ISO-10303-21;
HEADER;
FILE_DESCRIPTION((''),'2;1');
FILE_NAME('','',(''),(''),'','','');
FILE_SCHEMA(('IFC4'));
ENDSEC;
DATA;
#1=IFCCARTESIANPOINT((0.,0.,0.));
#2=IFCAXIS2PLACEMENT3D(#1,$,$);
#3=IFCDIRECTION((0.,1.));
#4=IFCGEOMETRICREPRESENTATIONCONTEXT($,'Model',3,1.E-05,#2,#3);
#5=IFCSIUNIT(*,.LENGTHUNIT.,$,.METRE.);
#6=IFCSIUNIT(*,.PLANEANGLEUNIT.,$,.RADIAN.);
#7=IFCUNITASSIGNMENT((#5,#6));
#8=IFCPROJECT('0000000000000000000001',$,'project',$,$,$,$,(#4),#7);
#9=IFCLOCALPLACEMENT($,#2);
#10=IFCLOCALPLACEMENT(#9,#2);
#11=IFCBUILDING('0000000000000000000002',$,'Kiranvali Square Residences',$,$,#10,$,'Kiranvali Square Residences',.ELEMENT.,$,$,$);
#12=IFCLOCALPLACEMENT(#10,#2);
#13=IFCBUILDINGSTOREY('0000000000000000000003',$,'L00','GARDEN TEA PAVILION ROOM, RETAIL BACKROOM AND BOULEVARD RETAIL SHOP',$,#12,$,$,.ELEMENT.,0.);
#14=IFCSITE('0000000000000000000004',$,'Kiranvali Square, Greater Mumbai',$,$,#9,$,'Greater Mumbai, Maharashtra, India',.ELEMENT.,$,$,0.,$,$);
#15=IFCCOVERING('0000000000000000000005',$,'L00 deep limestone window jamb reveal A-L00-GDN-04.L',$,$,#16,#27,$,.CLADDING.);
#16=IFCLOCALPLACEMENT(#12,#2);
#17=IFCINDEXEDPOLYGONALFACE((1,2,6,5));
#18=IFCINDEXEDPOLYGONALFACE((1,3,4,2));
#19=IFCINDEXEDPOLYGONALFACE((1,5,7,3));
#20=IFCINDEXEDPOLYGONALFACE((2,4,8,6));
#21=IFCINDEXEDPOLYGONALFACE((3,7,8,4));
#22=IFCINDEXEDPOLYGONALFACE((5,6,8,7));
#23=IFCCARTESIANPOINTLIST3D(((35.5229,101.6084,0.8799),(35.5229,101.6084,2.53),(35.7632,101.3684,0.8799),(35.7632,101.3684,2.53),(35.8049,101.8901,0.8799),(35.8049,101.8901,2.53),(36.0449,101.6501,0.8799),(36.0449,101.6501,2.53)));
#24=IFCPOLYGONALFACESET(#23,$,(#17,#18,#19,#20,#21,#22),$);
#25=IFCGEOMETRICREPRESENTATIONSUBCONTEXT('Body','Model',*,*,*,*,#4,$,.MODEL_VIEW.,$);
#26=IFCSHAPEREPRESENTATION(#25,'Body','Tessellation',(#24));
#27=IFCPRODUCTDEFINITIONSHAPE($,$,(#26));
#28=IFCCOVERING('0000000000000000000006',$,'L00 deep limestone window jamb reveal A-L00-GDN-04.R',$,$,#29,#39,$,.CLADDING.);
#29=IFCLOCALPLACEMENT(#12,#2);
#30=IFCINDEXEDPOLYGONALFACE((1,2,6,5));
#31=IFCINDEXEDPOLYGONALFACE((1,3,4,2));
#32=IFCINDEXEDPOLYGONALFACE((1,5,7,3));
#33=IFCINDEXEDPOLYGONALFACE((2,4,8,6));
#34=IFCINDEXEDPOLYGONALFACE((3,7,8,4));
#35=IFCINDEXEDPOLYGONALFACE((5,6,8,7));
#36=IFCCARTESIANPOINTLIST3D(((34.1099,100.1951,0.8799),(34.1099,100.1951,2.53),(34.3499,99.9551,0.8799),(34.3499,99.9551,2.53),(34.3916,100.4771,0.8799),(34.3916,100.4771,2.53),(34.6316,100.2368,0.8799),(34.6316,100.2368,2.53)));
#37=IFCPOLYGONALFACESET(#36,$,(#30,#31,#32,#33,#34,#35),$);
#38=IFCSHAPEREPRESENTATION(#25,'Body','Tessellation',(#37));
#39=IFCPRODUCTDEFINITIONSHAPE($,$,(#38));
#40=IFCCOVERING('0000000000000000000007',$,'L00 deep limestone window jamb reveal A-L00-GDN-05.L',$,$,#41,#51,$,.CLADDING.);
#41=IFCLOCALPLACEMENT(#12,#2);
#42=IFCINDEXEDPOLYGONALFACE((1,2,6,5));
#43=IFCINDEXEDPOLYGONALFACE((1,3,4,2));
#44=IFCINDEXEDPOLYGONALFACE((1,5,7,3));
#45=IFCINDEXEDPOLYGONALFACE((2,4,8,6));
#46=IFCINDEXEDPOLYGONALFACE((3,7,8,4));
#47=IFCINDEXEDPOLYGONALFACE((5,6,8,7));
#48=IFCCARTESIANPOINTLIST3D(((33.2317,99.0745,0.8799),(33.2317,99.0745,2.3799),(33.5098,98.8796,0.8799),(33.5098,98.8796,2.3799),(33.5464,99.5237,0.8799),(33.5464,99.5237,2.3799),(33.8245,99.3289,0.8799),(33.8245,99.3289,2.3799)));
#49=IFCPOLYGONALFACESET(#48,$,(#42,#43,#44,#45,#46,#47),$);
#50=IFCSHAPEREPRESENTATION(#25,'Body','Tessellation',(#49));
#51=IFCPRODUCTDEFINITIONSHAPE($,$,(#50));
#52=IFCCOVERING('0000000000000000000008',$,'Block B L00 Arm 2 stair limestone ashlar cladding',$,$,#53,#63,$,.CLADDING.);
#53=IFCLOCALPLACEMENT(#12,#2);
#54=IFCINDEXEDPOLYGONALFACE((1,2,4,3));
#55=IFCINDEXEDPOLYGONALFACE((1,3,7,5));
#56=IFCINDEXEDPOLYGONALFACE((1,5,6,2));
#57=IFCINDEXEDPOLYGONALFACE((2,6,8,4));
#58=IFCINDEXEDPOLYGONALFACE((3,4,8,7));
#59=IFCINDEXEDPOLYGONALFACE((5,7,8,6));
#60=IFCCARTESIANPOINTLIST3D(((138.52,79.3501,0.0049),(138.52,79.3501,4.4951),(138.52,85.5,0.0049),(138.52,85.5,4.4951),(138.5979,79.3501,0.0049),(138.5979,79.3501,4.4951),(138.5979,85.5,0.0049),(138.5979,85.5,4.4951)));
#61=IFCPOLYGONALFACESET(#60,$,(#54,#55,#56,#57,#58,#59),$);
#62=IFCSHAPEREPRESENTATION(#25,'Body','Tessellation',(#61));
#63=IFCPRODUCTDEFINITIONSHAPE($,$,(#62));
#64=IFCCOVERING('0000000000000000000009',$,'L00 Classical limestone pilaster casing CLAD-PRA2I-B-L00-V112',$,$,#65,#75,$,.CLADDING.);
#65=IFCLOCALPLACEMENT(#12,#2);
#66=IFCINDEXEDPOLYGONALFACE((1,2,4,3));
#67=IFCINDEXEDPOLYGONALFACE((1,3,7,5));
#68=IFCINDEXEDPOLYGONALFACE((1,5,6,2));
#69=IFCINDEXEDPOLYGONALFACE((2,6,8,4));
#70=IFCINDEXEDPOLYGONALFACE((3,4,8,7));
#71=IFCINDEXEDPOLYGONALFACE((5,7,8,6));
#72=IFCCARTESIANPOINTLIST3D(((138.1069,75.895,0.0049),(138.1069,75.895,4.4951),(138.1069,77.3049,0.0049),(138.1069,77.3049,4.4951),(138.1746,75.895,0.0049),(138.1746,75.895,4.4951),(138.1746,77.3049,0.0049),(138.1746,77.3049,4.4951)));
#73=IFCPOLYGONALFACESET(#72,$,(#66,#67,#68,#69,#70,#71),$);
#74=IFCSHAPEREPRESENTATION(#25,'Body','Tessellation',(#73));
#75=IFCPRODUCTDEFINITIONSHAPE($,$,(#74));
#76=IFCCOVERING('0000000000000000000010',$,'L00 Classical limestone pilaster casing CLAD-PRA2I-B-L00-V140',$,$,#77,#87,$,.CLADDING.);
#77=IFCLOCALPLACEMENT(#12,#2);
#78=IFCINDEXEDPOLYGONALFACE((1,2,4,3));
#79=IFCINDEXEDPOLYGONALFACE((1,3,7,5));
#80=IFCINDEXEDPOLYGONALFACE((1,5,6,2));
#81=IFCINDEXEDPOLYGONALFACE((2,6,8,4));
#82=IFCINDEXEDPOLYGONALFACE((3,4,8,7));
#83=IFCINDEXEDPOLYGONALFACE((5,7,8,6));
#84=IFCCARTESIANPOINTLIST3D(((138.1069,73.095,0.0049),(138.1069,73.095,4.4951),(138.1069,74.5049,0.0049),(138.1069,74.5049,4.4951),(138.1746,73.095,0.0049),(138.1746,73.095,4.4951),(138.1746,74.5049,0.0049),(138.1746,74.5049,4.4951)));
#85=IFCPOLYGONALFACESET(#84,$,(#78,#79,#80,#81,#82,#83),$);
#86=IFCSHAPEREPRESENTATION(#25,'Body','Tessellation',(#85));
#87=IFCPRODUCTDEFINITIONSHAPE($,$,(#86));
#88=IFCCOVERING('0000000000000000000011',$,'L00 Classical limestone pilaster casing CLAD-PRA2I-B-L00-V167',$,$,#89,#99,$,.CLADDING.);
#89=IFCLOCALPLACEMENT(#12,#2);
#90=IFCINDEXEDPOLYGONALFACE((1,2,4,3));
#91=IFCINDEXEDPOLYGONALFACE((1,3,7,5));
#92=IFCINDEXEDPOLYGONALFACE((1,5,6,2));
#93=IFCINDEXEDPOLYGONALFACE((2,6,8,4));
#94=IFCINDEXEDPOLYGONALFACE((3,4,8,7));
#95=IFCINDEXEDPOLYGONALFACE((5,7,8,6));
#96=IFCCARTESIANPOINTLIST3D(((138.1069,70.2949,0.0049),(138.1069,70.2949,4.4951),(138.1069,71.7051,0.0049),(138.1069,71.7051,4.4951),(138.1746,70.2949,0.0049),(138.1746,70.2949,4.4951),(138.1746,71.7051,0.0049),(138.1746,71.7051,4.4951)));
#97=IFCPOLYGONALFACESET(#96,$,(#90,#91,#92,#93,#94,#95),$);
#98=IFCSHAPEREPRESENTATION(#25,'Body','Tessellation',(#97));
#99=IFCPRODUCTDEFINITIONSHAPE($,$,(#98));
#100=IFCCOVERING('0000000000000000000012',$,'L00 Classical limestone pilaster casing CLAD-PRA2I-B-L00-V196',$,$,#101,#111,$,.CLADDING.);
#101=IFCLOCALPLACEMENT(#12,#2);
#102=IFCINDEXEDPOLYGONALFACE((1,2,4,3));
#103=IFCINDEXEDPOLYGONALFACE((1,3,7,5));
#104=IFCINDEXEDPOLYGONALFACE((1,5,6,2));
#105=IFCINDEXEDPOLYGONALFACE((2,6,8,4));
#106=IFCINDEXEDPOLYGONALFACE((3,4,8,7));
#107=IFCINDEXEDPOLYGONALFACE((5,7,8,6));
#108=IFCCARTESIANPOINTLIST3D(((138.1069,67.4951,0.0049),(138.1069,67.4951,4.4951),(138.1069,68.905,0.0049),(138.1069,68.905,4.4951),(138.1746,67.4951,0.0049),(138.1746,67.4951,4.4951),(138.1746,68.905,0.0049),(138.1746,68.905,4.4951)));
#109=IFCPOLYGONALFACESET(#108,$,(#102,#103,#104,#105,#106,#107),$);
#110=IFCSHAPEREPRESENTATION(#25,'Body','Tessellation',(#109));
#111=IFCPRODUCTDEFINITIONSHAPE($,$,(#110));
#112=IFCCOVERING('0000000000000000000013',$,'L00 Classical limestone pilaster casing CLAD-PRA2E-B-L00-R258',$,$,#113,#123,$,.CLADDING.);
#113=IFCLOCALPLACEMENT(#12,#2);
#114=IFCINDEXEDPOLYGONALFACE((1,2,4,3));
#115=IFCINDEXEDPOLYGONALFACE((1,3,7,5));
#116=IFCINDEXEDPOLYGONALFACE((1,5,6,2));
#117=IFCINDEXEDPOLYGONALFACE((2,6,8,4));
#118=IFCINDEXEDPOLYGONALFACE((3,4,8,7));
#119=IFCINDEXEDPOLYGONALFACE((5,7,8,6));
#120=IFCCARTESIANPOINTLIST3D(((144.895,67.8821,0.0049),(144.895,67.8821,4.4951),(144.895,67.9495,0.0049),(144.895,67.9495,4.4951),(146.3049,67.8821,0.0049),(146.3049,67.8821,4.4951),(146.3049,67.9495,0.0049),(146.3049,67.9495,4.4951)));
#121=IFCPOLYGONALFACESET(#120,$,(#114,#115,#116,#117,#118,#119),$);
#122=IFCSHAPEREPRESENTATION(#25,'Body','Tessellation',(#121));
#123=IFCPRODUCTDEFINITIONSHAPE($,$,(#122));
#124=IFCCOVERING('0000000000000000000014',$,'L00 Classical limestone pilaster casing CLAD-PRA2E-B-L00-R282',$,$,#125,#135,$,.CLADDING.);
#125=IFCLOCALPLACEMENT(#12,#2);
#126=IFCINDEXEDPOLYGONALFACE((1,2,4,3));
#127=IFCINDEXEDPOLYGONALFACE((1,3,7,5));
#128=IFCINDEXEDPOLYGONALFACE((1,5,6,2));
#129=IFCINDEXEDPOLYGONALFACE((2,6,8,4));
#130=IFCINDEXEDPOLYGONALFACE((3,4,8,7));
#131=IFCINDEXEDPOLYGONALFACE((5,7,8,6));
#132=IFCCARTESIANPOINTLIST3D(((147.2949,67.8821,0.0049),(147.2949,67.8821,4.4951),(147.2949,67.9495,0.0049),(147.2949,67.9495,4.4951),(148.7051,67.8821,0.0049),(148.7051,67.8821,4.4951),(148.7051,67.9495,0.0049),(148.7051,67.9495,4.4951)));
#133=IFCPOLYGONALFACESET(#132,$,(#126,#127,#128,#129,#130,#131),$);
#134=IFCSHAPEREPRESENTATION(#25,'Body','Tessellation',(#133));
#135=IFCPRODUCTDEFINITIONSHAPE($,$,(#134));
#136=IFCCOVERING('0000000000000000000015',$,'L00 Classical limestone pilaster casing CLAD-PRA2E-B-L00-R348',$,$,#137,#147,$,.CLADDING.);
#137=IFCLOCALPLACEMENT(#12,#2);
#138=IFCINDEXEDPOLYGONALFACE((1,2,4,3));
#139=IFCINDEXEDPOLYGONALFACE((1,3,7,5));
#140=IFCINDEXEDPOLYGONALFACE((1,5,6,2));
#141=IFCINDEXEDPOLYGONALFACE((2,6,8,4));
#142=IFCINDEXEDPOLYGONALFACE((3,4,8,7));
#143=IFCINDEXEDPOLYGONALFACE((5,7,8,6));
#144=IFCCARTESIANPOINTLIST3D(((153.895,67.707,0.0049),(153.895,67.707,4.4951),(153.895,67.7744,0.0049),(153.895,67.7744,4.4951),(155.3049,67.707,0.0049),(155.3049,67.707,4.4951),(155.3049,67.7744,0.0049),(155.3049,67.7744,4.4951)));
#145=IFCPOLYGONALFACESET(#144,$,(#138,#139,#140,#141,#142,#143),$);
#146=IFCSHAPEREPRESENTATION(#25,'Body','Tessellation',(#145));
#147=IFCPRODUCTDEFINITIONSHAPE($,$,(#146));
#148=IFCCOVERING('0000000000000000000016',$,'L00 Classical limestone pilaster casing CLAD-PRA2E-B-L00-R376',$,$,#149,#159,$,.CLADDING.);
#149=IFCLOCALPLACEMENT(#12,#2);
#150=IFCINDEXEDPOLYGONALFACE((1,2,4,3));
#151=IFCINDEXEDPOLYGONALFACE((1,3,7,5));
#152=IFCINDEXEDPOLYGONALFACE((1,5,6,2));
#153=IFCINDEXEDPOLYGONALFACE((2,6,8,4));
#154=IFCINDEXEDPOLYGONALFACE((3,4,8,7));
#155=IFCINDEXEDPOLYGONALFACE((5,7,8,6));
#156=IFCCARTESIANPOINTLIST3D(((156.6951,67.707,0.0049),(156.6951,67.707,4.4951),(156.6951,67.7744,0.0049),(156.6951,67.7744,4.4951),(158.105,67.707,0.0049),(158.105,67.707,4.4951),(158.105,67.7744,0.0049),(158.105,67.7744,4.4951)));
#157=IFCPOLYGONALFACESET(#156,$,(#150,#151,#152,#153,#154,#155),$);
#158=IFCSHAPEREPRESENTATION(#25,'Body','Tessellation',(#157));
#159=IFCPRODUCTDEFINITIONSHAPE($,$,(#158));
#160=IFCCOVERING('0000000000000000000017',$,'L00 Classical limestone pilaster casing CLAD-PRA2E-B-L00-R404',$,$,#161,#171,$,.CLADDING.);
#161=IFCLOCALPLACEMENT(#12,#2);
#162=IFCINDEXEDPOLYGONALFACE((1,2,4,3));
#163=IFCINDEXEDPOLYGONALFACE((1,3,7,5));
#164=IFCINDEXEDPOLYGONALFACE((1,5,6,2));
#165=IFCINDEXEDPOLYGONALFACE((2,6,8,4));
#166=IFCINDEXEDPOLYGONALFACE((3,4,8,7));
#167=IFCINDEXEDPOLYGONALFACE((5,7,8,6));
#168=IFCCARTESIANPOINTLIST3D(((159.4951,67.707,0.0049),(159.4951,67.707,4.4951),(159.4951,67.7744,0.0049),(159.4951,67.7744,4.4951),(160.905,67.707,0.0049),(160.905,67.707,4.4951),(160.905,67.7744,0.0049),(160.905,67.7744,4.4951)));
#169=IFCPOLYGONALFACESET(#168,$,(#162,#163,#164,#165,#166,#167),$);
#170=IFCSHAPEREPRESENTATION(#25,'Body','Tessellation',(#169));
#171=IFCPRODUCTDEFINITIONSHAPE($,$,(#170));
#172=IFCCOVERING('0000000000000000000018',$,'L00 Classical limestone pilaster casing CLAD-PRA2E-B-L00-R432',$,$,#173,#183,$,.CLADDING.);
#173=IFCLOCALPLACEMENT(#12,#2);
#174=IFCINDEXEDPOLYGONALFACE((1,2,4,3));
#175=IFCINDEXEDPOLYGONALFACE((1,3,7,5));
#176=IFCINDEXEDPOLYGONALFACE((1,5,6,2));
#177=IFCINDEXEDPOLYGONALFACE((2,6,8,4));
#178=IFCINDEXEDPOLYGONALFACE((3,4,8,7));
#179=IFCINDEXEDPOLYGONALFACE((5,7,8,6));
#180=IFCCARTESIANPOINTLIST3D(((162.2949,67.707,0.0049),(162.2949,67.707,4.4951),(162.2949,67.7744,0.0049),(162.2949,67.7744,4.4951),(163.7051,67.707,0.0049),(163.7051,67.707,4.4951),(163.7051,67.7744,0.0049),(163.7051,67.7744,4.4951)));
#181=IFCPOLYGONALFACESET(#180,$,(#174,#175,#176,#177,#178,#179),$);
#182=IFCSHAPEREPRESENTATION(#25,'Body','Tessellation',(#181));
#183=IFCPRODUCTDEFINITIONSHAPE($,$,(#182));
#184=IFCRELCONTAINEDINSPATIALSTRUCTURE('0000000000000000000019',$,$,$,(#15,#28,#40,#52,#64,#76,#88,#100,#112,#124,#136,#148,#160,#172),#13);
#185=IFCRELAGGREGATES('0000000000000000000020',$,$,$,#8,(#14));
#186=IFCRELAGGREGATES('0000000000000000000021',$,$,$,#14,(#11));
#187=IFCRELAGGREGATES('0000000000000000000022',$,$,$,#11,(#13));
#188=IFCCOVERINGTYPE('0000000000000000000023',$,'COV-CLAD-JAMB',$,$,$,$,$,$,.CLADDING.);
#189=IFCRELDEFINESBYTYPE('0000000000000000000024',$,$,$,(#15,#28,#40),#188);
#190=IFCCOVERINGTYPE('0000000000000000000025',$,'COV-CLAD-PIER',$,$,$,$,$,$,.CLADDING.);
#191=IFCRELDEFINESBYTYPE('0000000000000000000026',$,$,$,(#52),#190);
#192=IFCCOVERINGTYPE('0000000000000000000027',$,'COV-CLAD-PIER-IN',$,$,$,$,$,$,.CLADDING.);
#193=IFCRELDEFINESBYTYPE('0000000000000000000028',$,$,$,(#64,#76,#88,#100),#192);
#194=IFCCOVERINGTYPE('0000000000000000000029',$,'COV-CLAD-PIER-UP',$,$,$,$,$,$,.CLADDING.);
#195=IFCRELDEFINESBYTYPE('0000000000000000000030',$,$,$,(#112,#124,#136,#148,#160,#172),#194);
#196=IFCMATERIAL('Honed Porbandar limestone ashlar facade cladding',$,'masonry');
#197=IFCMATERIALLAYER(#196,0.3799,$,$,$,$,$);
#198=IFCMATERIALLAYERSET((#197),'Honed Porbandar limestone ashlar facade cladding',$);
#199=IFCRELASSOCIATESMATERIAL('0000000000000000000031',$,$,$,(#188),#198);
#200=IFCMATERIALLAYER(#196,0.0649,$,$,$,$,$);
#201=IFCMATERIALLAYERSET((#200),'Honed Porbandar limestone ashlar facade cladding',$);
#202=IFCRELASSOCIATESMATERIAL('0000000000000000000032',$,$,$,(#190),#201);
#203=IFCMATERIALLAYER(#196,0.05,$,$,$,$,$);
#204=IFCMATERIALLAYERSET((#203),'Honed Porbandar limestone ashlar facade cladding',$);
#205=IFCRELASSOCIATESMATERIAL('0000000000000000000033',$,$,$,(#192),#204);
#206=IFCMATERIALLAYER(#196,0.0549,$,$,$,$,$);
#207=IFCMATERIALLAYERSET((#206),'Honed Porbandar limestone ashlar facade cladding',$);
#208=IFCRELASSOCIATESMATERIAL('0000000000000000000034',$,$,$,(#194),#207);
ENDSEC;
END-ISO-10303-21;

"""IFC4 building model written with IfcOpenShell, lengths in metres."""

from ifc_helpers import new_model, si_unit, direction, frame, origin, place, context, subcontext, project, spatial, polyline, outline, extrude, material, layer, layer_set, type_object, element, save


model = new_model("IFC4")

# Units and contexts
model_context = context("Model", 3, precision=1e-05, world=origin(), true_north=direction((0.0, 1.0)))
body_context = subcontext(model_context, "Body", "Model", "MODEL_VIEW")
ifc_project = project(units=[si_unit("LENGTHUNIT", "METRE"), si_unit("PLANEANGLEUNIT", "RADIAN")], contexts=[model_context])

# Site, building, storey
site_placement = place(None, origin())
site = spatial("IfcSite", under=ifc_project, at=site_placement, Name="Kiranvali Square, Greater Mumbai", LongName="Greater Mumbai, Maharashtra, India", CompositionType="ELEMENT", RefElevation=0.0)
building_placement = place(site_placement, origin())
building = spatial("IfcBuilding", under=site, at=building_placement, Name="Kiranvali Square Residences", LongName="Kiranvali Square Residences", CompositionType="ELEMENT")
storey_placement = place(building_placement, origin())
storey = spatial("IfcBuildingStorey", under=building, at=storey_placement, Name="L00", Description="GARDEN TEA PAVILION ROOM, RETAIL BACKROOM AND BOULEVARD RETAIL SHOP", CompositionType="ELEMENT", Elevation=0.0)

# Coverings
ifc_material_1 = material(Name="Honed Porbandar limestone ashlar facade cladding", Category="masonry")
ifc_layer_1 = layer(ifc_material_1, 0.3799)
ifc_layer_set_1 = layer_set([ifc_layer_1], Name="Honed Porbandar limestone ashlar facade cladding")
covering_type_1 = type_object("IfcCoveringType", Name="COV-CLAD-JAMB", PredefinedType="CLADDING", material=ifc_layer_set_1)
covering_1_placement = place(storey_placement, frame((0.0, 0.0, 0.8799)))
element("IfcCovering", 1, at=covering_1_placement, inside=storey, type_object=covering_type_1, Name="L00 deep limestone window jamb reveal A-L00-GDN-04.L", PredefinedType="CLADDING", context=body_context, shape_type="SweptSolid", body=[
    extrude(outline(polyline([(35.8049, 101.8901), (35.5229, 101.6084), (35.7632, 101.3684), (36.0449, 101.6501), (35.8049, 101.8901)])), origin(), (0.0, 0.0, 1.0), 1.6501),
])
covering_2_placement = place(storey_placement, frame((0.0, 0.0, 0.8799)))
element("IfcCovering", 2, at=covering_2_placement, inside=storey, type_object=covering_type_1, Name="L00 deep limestone window jamb reveal A-L00-GDN-04.R", PredefinedType="CLADDING", context=body_context, shape_type="SweptSolid", body=[
    extrude(outline(polyline([(34.3916, 100.4771), (34.1099, 100.1951), (34.3499, 99.9551), (34.6316, 100.2368), (34.3916, 100.4771)])), origin(), (0.0, 0.0, 1.0), 1.6501),
])
covering_3_placement = place(storey_placement, frame((0.0, 0.0, 0.8799)))
element("IfcCovering", 3, at=covering_3_placement, inside=storey, type_object=covering_type_1, Name="L00 deep limestone window jamb reveal A-L00-GDN-05.L", PredefinedType="CLADDING", context=body_context, shape_type="SweptSolid", body=[
    extrude(outline(polyline([(33.5464, 99.5237), (33.2317, 99.0745), (33.5098, 98.8796), (33.8245, 99.3289), (33.5464, 99.5237)])), origin(), (0.0, 0.0, 1.0), 1.5),
])
ifc_layer_2 = layer(ifc_material_1, 0.0649)
ifc_layer_set_2 = layer_set([ifc_layer_2], Name="Honed Porbandar limestone ashlar facade cladding")
covering_type_2 = type_object("IfcCoveringType", Name="COV-CLAD-PIER", PredefinedType="CLADDING", material=ifc_layer_set_2)
covering_4_placement = place(storey_placement, frame((0.0, 0.0, 0.0049)))
element("IfcCovering", 4, at=covering_4_placement, inside=storey, type_object=covering_type_2, Name="Block B L00 Arm 2 stair limestone ashlar cladding", PredefinedType="CLADDING", context=body_context, shape_type="SweptSolid", body=[
    extrude(outline(polyline([(138.52, 85.5), (138.52, 79.3501), (138.5979, 79.3501), (138.5979, 85.5), (138.52, 85.5)])), origin(), (0.0, 0.0, 1.0), 4.4902),
])
ifc_layer_3 = layer(ifc_material_1, 0.05)
ifc_layer_set_3 = layer_set([ifc_layer_3], Name="Honed Porbandar limestone ashlar facade cladding")
covering_type_3 = type_object("IfcCoveringType", Name="COV-CLAD-PIER-IN", PredefinedType="CLADDING", material=ifc_layer_set_3)
covering_5_placement = place(storey_placement, frame((0.0, 0.0, 0.0049)))
element("IfcCovering", 5, at=covering_5_placement, inside=storey, type_object=covering_type_3, Name="L00 Classical limestone pilaster casing CLAD-PRA2I-B-L00-V112", PredefinedType="CLADDING", context=body_context, shape_type="SweptSolid", body=[
    extrude(outline(polyline([(138.1069, 77.3049), (138.1069, 75.895), (138.1746, 75.895), (138.1746, 77.3049), (138.1069, 77.3049)])), origin(), (0.0, 0.0, 1.0), 4.4902),
])
covering_6_placement = place(storey_placement, frame((0.0, 0.0, 0.0049)))
element("IfcCovering", 6, at=covering_6_placement, inside=storey, type_object=covering_type_3, Name="L00 Classical limestone pilaster casing CLAD-PRA2I-B-L00-V140", PredefinedType="CLADDING", context=body_context, shape_type="SweptSolid", body=[
    extrude(outline(polyline([(138.1069, 74.5049), (138.1069, 73.095), (138.1746, 73.095), (138.1746, 74.5049), (138.1069, 74.5049)])), origin(), (0.0, 0.0, 1.0), 4.4902),
])
covering_7_placement = place(storey_placement, frame((0.0, 0.0, 0.0049)))
element("IfcCovering", 7, at=covering_7_placement, inside=storey, type_object=covering_type_3, Name="L00 Classical limestone pilaster casing CLAD-PRA2I-B-L00-V167", PredefinedType="CLADDING", context=body_context, shape_type="SweptSolid", body=[
    extrude(outline(polyline([(138.1069, 71.7051), (138.1069, 70.2949), (138.1746, 70.2949), (138.1746, 71.7051), (138.1069, 71.7051)])), origin(), (0.0, 0.0, 1.0), 4.4902),
])
covering_8_placement = place(storey_placement, frame((0.0, 0.0, 0.0049)))
element("IfcCovering", 8, at=covering_8_placement, inside=storey, type_object=covering_type_3, Name="L00 Classical limestone pilaster casing CLAD-PRA2I-B-L00-V196", PredefinedType="CLADDING", context=body_context, shape_type="SweptSolid", body=[
    extrude(outline(polyline([(138.1069, 68.905), (138.1069, 67.4951), (138.1746, 67.4951), (138.1746, 68.905), (138.1069, 68.905)])), origin(), (0.0, 0.0, 1.0), 4.4902),
])
ifc_layer_4 = layer(ifc_material_1, 0.0549)
ifc_layer_set_4 = layer_set([ifc_layer_4], Name="Honed Porbandar limestone ashlar facade cladding")
covering_type_4 = type_object("IfcCoveringType", Name="COV-CLAD-PIER-UP", PredefinedType="CLADDING", material=ifc_layer_set_4)
covering_9_placement = place(storey_placement, frame((0.0, 0.0, 0.0049)))
element("IfcCovering", 9, at=covering_9_placement, inside=storey, type_object=covering_type_4, Name="L00 Classical limestone pilaster casing CLAD-PRA2E-B-L00-R258", PredefinedType="CLADDING", context=body_context, shape_type="SweptSolid", body=[
    extrude(outline(polyline([(144.895, 67.8821), (146.3049, 67.8821), (146.3049, 67.9495), (144.895, 67.9495), (144.895, 67.8821)])), origin(), (0.0, 0.0, 1.0), 4.4902),
])
covering_10_placement = place(storey_placement, frame((0.0, 0.0, 0.0049)))
element("IfcCovering", 10, at=covering_10_placement, inside=storey, type_object=covering_type_4, Name="L00 Classical limestone pilaster casing CLAD-PRA2E-B-L00-R282", PredefinedType="CLADDING", context=body_context, shape_type="SweptSolid", body=[
    extrude(outline(polyline([(147.2949, 67.8821), (148.7051, 67.8821), (148.7051, 67.9495), (147.2949, 67.9495), (147.2949, 67.8821)])), origin(), (0.0, 0.0, 1.0), 4.4902),
])
covering_11_placement = place(storey_placement, frame((0.0, 0.0, 0.0049)))
element("IfcCovering", 11, at=covering_11_placement, inside=storey, type_object=covering_type_4, Name="L00 Classical limestone pilaster casing CLAD-PRA2E-B-L00-R348", PredefinedType="CLADDING", context=body_context, shape_type="SweptSolid", body=[
    extrude(outline(polyline([(153.895, 67.707), (155.3049, 67.707), (155.3049, 67.7744), (153.895, 67.7744), (153.895, 67.707)])), origin(), (0.0, 0.0, 1.0), 4.4902),
])
covering_12_placement = place(storey_placement, frame((0.0, 0.0, 0.0049)))
element("IfcCovering", 12, at=covering_12_placement, inside=storey, type_object=covering_type_4, Name="L00 Classical limestone pilaster casing CLAD-PRA2E-B-L00-R376", PredefinedType="CLADDING", context=body_context, shape_type="SweptSolid", body=[
    extrude(outline(polyline([(156.6951, 67.707), (158.105, 67.707), (158.105, 67.7744), (156.6951, 67.7744), (156.6951, 67.707)])), origin(), (0.0, 0.0, 1.0), 4.4902),
])
covering_13_placement = place(storey_placement, frame((0.0, 0.0, 0.0049)))
element("IfcCovering", 13, at=covering_13_placement, inside=storey, type_object=covering_type_4, Name="L00 Classical limestone pilaster casing CLAD-PRA2E-B-L00-R404", PredefinedType="CLADDING", context=body_context, shape_type="SweptSolid", body=[
    extrude(outline(polyline([(159.4951, 67.707), (160.905, 67.707), (160.905, 67.7744), (159.4951, 67.7744), (159.4951, 67.707)])), origin(), (0.0, 0.0, 1.0), 4.4902),
])
covering_14_placement = place(storey_placement, frame((0.0, 0.0, 0.0049)))
element("IfcCovering", 14, at=covering_14_placement, inside=storey, type_object=covering_type_4, Name="L00 Classical limestone pilaster casing CLAD-PRA2E-B-L00-R432", PredefinedType="CLADDING", context=body_context, shape_type="SweptSolid", body=[
    extrude(outline(polyline([(162.2949, 67.707), (163.7051, 67.707), (163.7051, 67.7744), (162.2949, 67.7744), (162.2949, 67.707)])), origin(), (0.0, 0.0, 1.0), 4.4902),
])

save(model, "model.ifc")
